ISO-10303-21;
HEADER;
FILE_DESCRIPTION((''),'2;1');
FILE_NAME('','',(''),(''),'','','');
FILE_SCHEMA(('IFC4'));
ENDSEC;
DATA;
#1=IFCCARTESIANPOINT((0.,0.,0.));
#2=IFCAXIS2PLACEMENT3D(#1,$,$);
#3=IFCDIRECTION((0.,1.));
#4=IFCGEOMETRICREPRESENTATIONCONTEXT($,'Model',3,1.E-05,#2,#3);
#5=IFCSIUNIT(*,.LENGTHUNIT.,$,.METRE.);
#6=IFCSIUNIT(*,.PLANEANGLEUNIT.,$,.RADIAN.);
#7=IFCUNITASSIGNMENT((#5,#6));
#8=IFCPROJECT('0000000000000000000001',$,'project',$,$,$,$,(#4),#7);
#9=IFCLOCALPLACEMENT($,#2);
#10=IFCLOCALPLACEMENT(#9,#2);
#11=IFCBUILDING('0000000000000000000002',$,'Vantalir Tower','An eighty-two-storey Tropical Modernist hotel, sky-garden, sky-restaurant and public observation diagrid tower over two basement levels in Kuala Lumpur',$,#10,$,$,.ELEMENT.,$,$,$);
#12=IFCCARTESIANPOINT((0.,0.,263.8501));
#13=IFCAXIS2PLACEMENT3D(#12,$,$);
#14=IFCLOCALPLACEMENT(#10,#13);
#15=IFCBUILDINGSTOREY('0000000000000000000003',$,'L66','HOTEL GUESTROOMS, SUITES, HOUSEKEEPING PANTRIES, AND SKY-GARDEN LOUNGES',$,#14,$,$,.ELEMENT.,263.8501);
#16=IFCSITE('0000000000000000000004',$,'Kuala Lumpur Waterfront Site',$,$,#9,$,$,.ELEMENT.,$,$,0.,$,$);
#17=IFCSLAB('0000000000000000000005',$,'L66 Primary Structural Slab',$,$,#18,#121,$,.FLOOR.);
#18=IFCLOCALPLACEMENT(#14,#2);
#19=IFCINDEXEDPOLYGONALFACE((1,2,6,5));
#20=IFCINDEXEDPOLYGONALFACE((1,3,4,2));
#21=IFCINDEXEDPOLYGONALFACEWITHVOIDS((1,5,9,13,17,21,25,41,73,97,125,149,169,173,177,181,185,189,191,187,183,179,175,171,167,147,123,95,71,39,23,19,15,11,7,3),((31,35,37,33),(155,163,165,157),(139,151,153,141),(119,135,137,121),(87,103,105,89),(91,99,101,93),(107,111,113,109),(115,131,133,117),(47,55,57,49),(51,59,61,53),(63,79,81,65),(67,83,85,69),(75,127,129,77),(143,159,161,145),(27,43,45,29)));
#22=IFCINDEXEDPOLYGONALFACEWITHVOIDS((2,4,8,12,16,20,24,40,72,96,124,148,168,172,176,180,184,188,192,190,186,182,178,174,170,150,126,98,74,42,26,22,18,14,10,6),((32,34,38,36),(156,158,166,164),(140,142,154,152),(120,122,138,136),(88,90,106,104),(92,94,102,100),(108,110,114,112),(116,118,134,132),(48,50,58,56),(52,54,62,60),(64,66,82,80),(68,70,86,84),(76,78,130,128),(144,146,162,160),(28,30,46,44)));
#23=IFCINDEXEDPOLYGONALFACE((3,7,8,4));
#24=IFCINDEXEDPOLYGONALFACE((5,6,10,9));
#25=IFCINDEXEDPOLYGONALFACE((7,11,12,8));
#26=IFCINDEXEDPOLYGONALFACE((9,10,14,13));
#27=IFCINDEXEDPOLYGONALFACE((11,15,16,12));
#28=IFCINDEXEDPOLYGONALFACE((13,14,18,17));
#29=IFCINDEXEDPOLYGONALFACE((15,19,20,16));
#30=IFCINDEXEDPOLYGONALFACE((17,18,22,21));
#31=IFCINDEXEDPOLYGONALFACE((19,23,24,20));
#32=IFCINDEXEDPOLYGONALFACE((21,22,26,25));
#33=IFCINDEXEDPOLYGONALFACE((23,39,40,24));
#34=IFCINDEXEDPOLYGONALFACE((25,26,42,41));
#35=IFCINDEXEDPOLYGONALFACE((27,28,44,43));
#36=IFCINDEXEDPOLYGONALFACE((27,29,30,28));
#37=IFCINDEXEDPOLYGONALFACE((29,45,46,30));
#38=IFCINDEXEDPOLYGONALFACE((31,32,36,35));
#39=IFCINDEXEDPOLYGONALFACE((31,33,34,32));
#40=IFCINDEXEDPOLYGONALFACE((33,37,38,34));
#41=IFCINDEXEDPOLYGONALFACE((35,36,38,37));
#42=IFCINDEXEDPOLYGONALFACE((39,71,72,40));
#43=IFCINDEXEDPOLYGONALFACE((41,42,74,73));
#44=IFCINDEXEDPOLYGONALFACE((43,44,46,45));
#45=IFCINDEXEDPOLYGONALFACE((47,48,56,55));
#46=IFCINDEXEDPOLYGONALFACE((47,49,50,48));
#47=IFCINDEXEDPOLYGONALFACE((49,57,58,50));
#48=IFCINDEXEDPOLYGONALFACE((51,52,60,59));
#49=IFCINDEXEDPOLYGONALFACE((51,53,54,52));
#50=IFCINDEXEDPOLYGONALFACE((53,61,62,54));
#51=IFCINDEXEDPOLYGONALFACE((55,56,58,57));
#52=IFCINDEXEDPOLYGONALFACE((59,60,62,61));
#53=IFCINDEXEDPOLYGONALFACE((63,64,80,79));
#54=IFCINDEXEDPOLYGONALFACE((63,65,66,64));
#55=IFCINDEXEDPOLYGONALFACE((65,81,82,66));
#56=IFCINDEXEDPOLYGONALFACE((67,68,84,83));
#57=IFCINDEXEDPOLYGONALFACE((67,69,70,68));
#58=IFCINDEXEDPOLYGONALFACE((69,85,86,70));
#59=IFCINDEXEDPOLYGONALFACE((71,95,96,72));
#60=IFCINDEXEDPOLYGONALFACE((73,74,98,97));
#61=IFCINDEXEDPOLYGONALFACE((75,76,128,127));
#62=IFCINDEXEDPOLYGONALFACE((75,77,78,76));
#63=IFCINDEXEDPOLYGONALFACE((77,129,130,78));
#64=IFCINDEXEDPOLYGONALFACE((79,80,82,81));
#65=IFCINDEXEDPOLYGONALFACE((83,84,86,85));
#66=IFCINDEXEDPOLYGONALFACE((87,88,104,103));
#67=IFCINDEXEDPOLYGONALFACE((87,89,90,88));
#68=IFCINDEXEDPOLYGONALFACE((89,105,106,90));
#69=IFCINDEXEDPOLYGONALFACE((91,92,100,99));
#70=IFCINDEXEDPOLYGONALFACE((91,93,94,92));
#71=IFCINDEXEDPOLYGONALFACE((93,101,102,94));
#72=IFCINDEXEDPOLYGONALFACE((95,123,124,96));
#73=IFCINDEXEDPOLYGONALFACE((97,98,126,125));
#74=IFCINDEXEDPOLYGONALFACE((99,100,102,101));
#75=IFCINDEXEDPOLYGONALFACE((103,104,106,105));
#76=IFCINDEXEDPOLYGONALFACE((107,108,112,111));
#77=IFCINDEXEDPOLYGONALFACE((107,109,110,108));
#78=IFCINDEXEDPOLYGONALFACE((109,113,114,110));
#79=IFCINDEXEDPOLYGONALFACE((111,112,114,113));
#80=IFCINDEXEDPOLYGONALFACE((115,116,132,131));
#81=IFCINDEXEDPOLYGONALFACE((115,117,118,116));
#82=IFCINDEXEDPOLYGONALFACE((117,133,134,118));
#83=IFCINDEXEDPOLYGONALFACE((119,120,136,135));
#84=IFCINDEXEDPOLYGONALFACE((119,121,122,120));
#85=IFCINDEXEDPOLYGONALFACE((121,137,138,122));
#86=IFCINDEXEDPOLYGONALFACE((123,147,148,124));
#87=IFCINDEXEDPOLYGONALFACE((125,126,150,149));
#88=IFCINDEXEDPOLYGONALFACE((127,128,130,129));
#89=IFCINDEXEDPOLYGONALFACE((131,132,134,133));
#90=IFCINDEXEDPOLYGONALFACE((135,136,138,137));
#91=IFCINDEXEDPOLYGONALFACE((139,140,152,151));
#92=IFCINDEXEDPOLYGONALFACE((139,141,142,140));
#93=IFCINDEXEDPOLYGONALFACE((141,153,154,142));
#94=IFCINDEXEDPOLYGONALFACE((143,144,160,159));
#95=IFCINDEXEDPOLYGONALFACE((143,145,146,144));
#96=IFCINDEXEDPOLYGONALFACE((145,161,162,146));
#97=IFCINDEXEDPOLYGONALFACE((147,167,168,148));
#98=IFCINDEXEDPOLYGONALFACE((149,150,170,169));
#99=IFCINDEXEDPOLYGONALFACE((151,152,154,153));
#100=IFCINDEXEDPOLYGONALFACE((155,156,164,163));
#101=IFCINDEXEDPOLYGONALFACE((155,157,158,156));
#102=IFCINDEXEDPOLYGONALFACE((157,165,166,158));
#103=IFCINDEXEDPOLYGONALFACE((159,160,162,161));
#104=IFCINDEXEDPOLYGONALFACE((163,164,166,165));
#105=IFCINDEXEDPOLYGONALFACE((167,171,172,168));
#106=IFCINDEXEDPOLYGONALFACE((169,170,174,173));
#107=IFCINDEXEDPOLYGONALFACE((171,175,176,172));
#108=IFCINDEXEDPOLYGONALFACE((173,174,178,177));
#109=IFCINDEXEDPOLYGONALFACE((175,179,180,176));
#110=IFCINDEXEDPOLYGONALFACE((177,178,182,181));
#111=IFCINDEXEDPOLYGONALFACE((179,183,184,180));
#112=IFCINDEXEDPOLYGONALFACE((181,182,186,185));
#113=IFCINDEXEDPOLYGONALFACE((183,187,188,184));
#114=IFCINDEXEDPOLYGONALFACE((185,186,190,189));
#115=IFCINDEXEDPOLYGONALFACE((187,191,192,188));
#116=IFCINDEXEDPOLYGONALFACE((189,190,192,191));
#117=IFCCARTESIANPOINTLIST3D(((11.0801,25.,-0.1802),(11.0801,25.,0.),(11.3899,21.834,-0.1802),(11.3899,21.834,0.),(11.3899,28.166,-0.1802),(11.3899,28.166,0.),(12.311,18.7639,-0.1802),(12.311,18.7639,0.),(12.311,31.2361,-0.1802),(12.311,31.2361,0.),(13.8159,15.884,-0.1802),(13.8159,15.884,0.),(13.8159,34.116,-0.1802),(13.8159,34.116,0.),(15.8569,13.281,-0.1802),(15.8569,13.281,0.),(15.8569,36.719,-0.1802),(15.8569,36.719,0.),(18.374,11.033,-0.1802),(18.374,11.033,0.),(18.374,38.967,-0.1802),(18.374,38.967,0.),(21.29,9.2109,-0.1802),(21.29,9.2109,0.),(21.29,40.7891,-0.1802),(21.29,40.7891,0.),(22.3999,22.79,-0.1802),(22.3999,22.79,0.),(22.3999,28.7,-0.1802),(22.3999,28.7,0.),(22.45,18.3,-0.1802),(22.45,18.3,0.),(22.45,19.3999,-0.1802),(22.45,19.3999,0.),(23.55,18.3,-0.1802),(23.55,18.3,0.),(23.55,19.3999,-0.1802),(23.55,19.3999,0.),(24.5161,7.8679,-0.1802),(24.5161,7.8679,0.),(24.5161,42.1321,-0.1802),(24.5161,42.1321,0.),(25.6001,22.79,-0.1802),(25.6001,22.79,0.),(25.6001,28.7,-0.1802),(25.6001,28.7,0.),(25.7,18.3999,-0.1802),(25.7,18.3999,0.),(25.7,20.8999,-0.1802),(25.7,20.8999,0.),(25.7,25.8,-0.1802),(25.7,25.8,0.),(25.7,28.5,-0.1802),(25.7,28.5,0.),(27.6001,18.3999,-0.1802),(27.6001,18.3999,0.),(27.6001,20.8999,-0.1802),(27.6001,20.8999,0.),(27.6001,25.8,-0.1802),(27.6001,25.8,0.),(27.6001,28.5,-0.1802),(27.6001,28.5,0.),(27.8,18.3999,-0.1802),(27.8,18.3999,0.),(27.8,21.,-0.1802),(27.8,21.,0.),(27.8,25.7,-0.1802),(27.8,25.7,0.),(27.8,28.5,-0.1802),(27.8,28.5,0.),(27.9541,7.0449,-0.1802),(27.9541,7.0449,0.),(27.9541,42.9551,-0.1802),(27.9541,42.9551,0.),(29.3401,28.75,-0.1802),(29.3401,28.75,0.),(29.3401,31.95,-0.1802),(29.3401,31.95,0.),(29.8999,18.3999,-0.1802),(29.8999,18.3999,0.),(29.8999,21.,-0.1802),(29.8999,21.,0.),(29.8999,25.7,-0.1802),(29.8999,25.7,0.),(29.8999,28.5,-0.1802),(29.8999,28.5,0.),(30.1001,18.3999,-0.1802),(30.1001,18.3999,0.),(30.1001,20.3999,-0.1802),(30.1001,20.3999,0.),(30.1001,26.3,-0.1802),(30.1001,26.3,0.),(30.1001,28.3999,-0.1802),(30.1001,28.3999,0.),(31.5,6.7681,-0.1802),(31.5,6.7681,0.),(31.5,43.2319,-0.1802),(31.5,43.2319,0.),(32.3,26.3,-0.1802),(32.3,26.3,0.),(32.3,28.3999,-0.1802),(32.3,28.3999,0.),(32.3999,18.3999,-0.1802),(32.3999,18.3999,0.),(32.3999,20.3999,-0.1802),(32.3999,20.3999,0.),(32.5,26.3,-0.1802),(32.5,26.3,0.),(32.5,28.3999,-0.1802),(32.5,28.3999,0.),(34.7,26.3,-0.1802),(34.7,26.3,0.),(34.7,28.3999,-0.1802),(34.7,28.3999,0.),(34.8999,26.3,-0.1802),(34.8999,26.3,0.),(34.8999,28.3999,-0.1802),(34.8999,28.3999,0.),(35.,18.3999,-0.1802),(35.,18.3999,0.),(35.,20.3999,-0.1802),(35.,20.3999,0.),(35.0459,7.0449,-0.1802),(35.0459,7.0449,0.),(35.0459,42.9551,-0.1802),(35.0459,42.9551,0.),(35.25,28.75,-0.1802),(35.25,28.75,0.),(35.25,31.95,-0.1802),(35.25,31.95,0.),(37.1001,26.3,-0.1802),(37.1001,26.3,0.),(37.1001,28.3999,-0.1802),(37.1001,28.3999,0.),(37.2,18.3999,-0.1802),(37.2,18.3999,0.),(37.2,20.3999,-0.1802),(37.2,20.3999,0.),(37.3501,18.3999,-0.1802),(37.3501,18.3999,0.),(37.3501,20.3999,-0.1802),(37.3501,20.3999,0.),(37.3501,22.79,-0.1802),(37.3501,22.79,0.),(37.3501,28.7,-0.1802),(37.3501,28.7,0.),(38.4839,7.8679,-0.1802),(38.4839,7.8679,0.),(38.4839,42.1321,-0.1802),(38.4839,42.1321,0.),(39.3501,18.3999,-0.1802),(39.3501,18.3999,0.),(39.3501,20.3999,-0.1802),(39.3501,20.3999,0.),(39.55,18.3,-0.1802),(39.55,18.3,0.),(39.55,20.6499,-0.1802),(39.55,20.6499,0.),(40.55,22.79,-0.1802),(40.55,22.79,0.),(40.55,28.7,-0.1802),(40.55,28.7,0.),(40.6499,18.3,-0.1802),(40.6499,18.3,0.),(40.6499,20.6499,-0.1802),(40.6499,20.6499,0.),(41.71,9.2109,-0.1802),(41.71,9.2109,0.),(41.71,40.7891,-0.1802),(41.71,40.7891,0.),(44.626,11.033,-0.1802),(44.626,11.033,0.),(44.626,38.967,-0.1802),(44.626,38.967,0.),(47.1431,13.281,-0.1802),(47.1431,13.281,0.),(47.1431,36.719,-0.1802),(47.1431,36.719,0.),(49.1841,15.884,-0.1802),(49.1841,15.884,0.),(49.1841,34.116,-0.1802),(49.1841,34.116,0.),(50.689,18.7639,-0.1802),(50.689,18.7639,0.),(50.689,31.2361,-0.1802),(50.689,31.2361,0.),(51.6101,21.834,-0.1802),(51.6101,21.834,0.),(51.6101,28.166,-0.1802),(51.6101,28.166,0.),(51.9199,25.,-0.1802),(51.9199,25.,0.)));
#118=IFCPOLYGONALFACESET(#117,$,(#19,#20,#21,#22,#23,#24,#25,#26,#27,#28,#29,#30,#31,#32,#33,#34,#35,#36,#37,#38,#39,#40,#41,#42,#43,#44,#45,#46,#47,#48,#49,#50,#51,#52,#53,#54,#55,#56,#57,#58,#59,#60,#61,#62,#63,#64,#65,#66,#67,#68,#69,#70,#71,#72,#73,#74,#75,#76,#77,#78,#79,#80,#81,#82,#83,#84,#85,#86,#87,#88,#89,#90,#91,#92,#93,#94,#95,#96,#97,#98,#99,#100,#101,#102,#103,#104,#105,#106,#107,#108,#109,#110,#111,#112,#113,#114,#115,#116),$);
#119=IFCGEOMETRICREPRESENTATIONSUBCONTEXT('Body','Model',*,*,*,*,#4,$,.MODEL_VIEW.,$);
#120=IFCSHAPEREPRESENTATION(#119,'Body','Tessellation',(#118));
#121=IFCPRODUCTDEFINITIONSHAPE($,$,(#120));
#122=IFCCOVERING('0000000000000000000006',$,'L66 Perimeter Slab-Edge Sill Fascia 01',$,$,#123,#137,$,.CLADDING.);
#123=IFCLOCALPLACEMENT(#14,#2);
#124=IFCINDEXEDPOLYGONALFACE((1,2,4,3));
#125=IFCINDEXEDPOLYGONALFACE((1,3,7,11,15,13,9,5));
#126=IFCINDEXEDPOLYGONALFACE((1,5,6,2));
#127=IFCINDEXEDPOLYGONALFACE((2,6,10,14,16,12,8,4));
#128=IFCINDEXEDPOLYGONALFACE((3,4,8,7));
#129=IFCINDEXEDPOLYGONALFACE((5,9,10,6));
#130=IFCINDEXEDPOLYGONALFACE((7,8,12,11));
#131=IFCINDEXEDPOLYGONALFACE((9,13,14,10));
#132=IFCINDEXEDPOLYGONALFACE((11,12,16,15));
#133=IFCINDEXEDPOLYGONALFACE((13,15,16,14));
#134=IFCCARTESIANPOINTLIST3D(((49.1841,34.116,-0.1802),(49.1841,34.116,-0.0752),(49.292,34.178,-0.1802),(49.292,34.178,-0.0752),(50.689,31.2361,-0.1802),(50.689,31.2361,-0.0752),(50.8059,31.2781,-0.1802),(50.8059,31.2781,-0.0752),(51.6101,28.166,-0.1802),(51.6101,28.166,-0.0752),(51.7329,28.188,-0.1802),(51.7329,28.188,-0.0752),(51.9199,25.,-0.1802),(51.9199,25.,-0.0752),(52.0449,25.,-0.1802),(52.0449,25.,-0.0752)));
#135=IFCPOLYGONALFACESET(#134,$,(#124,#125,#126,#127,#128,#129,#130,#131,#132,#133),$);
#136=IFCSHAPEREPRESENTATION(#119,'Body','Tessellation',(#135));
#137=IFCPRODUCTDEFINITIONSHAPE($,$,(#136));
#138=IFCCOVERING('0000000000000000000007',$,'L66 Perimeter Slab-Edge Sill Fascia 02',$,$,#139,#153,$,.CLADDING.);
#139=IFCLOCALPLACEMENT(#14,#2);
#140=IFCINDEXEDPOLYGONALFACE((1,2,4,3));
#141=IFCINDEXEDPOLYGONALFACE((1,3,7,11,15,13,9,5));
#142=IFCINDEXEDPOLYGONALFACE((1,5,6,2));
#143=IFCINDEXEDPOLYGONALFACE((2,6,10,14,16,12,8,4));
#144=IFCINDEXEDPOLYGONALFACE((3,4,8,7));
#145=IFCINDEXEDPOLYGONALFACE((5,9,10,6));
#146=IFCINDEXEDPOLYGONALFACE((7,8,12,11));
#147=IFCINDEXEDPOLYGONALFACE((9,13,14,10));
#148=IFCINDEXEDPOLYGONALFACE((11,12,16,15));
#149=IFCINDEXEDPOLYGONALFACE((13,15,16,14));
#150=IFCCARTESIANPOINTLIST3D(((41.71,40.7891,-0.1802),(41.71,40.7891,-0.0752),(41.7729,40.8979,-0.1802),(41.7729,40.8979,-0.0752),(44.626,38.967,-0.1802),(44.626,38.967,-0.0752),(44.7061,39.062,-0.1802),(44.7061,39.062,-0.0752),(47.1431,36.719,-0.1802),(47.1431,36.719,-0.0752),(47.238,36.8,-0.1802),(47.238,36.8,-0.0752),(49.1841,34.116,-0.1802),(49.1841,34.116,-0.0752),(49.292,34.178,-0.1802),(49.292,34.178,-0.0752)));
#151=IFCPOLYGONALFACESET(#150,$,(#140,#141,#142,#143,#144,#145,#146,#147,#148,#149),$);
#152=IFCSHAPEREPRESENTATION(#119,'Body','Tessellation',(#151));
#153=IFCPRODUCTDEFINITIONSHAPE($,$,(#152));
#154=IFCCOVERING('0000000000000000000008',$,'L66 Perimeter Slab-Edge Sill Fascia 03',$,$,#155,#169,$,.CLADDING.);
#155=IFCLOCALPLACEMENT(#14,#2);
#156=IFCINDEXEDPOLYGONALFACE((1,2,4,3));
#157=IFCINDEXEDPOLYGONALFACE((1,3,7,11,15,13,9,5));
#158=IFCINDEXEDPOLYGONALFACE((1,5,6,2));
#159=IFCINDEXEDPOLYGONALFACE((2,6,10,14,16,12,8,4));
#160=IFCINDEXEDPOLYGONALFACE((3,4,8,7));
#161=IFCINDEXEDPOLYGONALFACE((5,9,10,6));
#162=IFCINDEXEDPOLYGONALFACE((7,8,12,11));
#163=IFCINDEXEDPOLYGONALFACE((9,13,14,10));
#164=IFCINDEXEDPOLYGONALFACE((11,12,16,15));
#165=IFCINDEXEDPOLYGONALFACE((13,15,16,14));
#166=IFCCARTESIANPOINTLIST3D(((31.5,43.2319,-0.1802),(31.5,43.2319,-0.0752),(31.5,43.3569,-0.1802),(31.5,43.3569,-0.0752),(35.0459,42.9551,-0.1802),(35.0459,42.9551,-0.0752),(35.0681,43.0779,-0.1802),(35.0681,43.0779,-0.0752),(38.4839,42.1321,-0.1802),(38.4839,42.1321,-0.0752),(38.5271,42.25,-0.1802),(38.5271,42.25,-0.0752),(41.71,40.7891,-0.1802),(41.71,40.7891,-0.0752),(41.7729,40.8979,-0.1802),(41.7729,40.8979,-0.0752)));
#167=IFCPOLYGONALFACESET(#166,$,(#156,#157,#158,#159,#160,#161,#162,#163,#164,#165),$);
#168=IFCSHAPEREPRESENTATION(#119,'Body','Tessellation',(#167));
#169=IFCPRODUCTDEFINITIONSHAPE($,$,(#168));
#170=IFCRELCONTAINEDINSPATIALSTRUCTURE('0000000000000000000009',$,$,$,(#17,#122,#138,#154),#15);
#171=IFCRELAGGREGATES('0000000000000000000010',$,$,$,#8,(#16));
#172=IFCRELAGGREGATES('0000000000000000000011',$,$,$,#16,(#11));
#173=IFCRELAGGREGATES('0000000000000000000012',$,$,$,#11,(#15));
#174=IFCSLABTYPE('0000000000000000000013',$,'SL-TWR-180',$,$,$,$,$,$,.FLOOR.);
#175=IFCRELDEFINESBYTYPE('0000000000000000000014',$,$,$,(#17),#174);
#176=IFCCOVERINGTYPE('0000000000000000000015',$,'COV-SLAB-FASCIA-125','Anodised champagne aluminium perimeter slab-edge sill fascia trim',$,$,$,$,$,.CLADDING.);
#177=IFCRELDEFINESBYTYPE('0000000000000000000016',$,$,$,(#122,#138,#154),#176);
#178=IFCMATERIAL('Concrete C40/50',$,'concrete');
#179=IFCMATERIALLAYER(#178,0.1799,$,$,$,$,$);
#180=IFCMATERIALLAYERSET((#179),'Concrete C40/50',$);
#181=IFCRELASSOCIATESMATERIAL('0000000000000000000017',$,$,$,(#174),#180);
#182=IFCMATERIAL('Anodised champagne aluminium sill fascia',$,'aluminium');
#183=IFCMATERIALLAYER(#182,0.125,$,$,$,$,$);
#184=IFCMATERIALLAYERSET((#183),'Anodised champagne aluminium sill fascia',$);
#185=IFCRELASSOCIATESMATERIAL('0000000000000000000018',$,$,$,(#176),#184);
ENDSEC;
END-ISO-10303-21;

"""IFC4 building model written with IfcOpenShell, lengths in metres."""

from ifc_helpers import new_model, si_unit, direction, frame, origin, place, context, subcontext, project, spatial, polyline, outline, extrude, material, layer, layer_set, type_object, element, save


model = new_model("IFC4")

# Units and contexts
model_context = context("Model", 3, precision=1e-05, world=origin(), true_north=direction((0.0, 1.0)))
body_context = subcontext(model_context, "Body", "Model", "MODEL_VIEW")
ifc_project = project(units=[si_unit("LENGTHUNIT", "METRE"), si_unit("PLANEANGLEUNIT", "RADIAN")], contexts=[model_context])

# Site, building, storey
site_placement = place(None, origin())
site = spatial("IfcSite", under=ifc_project, at=site_placement, Name="Kuala Lumpur Waterfront Site", CompositionType="ELEMENT", RefElevation=0.0)
building_placement = place(site_placement, origin())
building = spatial("IfcBuilding", under=site, at=building_placement, Name="Vantalir Tower", Description="An eighty-two-storey Tropical Modernist hotel, sky-garden, sky-restaurant and public observation diagrid tower over two basement levels in Kuala Lumpur", CompositionType="ELEMENT")
storey_placement = place(building_placement, frame((0.0, 0.0, 263.8501)))
storey = spatial("IfcBuildingStorey", under=building, at=storey_placement, Name="L66", Description="HOTEL GUESTROOMS, SUITES, HOUSEKEEPING PANTRIES, AND SKY-GARDEN LOUNGES", CompositionType="ELEMENT", Elevation=263.8501)

# Shared definitions
ifc_material_1 = material(Name="Concrete C40/50", Category="concrete")

# Slab
ifc_layer_1 = layer(ifc_material_1, 0.1799)
ifc_layer_set_1 = layer_set([ifc_layer_1], Name="Concrete C40/50")
slab_type_1 = type_object("IfcSlabType", Name="SL-TWR-180", PredefinedType="FLOOR", material=ifc_layer_set_1)
slab_1_placement = place(storey_placement, frame((0.0, 0.0, -0.1802)))
element("IfcSlab", 1, at=slab_1_placement, inside=storey, type_object=slab_type_1, Name="L66 Primary Structural Slab", PredefinedType="FLOOR", context=body_context, shape_type="SweptSolid", body=[
    extrude(outline(polyline([(15.8569, 13.281), (18.374, 11.033), (21.29, 9.2109), (24.5161, 7.8679), (27.9541, 7.0449), (31.5, 6.7681), (35.0459, 7.0449), (38.4839, 7.8679), (41.71, 9.2109), (44.626, 11.033), (47.1431, 13.281), (49.1841, 15.884), (50.689, 18.7639), (51.6101, 21.834), (51.9199, 25.0), (51.6101, 28.166), (50.689, 31.2361), (49.1841, 34.116), (47.1431, 36.719), (44.626, 38.967), (41.71, 40.7891), (38.4839, 42.1321), (35.0459, 42.9551), (31.5, 43.2319), (27.9541, 42.9551), (24.5161, 42.1321), (21.29, 40.7891), (18.374, 38.967), (15.8569, 36.719), (13.8159, 34.116), (12.311, 31.2361), (11.3899, 28.166), (11.0801, 25.0), (11.3899, 21.834), (12.311, 18.7639), (13.8159, 15.884), (15.8569, 13.281)]), holes=[polyline([(22.3999, 28.7), (25.6001, 28.7), (25.6001, 22.79), (22.3999, 22.79), (22.3999, 28.7)]), polyline([(40.55, 28.7), (40.55, 22.79), (37.3501, 22.79), (37.3501, 28.7), (40.55, 28.7)]), polyline([(29.3401, 28.75), (29.3401, 31.95), (35.25, 31.95), (35.25, 28.75), (29.3401, 28.75)]), polyline([(25.7, 18.3999), (25.7, 20.8999), (27.6001, 20.8999), (27.6001, 18.3999), (25.7, 18.3999)]), polyline([(25.7, 28.5), (27.6001, 28.5), (27.6001, 25.8), (25.7, 25.8), (25.7, 28.5)]), polyline([(29.8999, 21.0), (29.8999, 18.3999), (27.8, 18.3999), (27.8, 21.0), (29.8999, 21.0)]), polyline([(29.8999, 25.7), (27.8, 25.7), (27.8, 28.5), (29.8999, 28.5), (29.8999, 25.7)]), polyline([(30.1001, 18.3999), (30.1001, 20.3999), (32.3999, 20.3999), (32.3999, 18.3999), (30.1001, 18.3999)]), polyline([(37.3501, 20.3999), (39.3501, 20.3999), (39.3501, 18.3999), (37.3501, 18.3999), (37.3501, 20.3999)]), polyline([(37.2, 20.3999), (37.2, 18.3999), (35.0, 18.3999), (35.0, 20.3999), (37.2, 20.3999)]), polyline([(32.3, 26.3), (30.1001, 26.3), (30.1001, 28.3999), (32.3, 28.3999), (32.3, 26.3)]), polyline([(32.5, 26.3), (32.5, 28.3999), (34.7, 28.3999), (34.7, 26.3), (32.5, 26.3)]), polyline([(34.8999, 28.3999), (37.1001, 28.3999), (37.1001, 26.3), (34.8999, 26.3), (34.8999, 28.3999)]), polyline([(23.55, 19.3999), (23.55, 18.3), (22.45, 18.3), (22.45, 19.3999), (23.55, 19.3999)]), polyline([(40.6499, 18.3), (39.55, 18.3), (39.55, 20.6499), (40.6499, 20.6499), (40.6499, 18.3)])]), origin(), (0.0, 0.0, 1.0), 0.1802),
])

# Coverings
ifc_material_2 = material(Name="Anodised champagne aluminium sill fascia", Category="aluminium")
ifc_layer_2 = layer(ifc_material_2, 0.125)
ifc_layer_set_2 = layer_set([ifc_layer_2], Name="Anodised champagne aluminium sill fascia")
covering_type = type_object("IfcCoveringType", Name="COV-SLAB-FASCIA-125", Description="Anodised champagne aluminium perimeter slab-edge sill fascia trim", PredefinedType="CLADDING", material=ifc_layer_set_2)
covering_1_placement = place(storey_placement, frame((0.0, 0.0, -0.1802)))
element("IfcCovering", 2, at=covering_1_placement, inside=storey, type_object=covering_type, Name="L66 Perimeter Slab-Edge Sill Fascia 01", PredefinedType="CLADDING", context=body_context, shape_type="SweptSolid", body=[
    extrude(outline(polyline([(52.0449, 25.0), (51.7329, 28.188), (50.8059, 31.2781), (49.292, 34.178), (49.1841, 34.116), (50.689, 31.2361), (51.6101, 28.166), (51.9199, 25.0), (52.0449, 25.0)])), origin(), (0.0, 0.0, 1.0), 0.105),
])
covering_2_placement = place(storey_placement, frame((0.0, 0.0, -0.1802)))
element("IfcCovering", 3, at=covering_2_placement, inside=storey, type_object=covering_type, Name="L66 Perimeter Slab-Edge Sill Fascia 02", PredefinedType="CLADDING", context=body_context, shape_type="SweptSolid", body=[
    extrude(outline(polyline([(49.292, 34.178), (47.238, 36.8), (44.7061, 39.062), (41.7729, 40.8979), (41.71, 40.7891), (44.626, 38.967), (47.1431, 36.719), (49.1841, 34.116), (49.292, 34.178)])), origin(), (0.0, 0.0, 1.0), 0.105),
])
covering_3_placement = place(storey_placement, frame((0.0, 0.0, -0.1802)))
element("IfcCovering", 4, at=covering_3_placement, inside=storey, type_object=covering_type, Name="L66 Perimeter Slab-Edge Sill Fascia 03", PredefinedType="CLADDING", context=body_context, shape_type="SweptSolid", body=[
    extrude(outline(polyline([(41.7729, 40.8979), (38.5271, 42.25), (35.0681, 43.0779), (31.5, 43.3569), (31.5, 43.2319), (35.0459, 42.9551), (38.4839, 42.1321), (41.71, 40.7891), (41.7729, 40.8979)])), origin(), (0.0, 0.0, 1.0), 0.105),
])

save(model, "model.ifc")
